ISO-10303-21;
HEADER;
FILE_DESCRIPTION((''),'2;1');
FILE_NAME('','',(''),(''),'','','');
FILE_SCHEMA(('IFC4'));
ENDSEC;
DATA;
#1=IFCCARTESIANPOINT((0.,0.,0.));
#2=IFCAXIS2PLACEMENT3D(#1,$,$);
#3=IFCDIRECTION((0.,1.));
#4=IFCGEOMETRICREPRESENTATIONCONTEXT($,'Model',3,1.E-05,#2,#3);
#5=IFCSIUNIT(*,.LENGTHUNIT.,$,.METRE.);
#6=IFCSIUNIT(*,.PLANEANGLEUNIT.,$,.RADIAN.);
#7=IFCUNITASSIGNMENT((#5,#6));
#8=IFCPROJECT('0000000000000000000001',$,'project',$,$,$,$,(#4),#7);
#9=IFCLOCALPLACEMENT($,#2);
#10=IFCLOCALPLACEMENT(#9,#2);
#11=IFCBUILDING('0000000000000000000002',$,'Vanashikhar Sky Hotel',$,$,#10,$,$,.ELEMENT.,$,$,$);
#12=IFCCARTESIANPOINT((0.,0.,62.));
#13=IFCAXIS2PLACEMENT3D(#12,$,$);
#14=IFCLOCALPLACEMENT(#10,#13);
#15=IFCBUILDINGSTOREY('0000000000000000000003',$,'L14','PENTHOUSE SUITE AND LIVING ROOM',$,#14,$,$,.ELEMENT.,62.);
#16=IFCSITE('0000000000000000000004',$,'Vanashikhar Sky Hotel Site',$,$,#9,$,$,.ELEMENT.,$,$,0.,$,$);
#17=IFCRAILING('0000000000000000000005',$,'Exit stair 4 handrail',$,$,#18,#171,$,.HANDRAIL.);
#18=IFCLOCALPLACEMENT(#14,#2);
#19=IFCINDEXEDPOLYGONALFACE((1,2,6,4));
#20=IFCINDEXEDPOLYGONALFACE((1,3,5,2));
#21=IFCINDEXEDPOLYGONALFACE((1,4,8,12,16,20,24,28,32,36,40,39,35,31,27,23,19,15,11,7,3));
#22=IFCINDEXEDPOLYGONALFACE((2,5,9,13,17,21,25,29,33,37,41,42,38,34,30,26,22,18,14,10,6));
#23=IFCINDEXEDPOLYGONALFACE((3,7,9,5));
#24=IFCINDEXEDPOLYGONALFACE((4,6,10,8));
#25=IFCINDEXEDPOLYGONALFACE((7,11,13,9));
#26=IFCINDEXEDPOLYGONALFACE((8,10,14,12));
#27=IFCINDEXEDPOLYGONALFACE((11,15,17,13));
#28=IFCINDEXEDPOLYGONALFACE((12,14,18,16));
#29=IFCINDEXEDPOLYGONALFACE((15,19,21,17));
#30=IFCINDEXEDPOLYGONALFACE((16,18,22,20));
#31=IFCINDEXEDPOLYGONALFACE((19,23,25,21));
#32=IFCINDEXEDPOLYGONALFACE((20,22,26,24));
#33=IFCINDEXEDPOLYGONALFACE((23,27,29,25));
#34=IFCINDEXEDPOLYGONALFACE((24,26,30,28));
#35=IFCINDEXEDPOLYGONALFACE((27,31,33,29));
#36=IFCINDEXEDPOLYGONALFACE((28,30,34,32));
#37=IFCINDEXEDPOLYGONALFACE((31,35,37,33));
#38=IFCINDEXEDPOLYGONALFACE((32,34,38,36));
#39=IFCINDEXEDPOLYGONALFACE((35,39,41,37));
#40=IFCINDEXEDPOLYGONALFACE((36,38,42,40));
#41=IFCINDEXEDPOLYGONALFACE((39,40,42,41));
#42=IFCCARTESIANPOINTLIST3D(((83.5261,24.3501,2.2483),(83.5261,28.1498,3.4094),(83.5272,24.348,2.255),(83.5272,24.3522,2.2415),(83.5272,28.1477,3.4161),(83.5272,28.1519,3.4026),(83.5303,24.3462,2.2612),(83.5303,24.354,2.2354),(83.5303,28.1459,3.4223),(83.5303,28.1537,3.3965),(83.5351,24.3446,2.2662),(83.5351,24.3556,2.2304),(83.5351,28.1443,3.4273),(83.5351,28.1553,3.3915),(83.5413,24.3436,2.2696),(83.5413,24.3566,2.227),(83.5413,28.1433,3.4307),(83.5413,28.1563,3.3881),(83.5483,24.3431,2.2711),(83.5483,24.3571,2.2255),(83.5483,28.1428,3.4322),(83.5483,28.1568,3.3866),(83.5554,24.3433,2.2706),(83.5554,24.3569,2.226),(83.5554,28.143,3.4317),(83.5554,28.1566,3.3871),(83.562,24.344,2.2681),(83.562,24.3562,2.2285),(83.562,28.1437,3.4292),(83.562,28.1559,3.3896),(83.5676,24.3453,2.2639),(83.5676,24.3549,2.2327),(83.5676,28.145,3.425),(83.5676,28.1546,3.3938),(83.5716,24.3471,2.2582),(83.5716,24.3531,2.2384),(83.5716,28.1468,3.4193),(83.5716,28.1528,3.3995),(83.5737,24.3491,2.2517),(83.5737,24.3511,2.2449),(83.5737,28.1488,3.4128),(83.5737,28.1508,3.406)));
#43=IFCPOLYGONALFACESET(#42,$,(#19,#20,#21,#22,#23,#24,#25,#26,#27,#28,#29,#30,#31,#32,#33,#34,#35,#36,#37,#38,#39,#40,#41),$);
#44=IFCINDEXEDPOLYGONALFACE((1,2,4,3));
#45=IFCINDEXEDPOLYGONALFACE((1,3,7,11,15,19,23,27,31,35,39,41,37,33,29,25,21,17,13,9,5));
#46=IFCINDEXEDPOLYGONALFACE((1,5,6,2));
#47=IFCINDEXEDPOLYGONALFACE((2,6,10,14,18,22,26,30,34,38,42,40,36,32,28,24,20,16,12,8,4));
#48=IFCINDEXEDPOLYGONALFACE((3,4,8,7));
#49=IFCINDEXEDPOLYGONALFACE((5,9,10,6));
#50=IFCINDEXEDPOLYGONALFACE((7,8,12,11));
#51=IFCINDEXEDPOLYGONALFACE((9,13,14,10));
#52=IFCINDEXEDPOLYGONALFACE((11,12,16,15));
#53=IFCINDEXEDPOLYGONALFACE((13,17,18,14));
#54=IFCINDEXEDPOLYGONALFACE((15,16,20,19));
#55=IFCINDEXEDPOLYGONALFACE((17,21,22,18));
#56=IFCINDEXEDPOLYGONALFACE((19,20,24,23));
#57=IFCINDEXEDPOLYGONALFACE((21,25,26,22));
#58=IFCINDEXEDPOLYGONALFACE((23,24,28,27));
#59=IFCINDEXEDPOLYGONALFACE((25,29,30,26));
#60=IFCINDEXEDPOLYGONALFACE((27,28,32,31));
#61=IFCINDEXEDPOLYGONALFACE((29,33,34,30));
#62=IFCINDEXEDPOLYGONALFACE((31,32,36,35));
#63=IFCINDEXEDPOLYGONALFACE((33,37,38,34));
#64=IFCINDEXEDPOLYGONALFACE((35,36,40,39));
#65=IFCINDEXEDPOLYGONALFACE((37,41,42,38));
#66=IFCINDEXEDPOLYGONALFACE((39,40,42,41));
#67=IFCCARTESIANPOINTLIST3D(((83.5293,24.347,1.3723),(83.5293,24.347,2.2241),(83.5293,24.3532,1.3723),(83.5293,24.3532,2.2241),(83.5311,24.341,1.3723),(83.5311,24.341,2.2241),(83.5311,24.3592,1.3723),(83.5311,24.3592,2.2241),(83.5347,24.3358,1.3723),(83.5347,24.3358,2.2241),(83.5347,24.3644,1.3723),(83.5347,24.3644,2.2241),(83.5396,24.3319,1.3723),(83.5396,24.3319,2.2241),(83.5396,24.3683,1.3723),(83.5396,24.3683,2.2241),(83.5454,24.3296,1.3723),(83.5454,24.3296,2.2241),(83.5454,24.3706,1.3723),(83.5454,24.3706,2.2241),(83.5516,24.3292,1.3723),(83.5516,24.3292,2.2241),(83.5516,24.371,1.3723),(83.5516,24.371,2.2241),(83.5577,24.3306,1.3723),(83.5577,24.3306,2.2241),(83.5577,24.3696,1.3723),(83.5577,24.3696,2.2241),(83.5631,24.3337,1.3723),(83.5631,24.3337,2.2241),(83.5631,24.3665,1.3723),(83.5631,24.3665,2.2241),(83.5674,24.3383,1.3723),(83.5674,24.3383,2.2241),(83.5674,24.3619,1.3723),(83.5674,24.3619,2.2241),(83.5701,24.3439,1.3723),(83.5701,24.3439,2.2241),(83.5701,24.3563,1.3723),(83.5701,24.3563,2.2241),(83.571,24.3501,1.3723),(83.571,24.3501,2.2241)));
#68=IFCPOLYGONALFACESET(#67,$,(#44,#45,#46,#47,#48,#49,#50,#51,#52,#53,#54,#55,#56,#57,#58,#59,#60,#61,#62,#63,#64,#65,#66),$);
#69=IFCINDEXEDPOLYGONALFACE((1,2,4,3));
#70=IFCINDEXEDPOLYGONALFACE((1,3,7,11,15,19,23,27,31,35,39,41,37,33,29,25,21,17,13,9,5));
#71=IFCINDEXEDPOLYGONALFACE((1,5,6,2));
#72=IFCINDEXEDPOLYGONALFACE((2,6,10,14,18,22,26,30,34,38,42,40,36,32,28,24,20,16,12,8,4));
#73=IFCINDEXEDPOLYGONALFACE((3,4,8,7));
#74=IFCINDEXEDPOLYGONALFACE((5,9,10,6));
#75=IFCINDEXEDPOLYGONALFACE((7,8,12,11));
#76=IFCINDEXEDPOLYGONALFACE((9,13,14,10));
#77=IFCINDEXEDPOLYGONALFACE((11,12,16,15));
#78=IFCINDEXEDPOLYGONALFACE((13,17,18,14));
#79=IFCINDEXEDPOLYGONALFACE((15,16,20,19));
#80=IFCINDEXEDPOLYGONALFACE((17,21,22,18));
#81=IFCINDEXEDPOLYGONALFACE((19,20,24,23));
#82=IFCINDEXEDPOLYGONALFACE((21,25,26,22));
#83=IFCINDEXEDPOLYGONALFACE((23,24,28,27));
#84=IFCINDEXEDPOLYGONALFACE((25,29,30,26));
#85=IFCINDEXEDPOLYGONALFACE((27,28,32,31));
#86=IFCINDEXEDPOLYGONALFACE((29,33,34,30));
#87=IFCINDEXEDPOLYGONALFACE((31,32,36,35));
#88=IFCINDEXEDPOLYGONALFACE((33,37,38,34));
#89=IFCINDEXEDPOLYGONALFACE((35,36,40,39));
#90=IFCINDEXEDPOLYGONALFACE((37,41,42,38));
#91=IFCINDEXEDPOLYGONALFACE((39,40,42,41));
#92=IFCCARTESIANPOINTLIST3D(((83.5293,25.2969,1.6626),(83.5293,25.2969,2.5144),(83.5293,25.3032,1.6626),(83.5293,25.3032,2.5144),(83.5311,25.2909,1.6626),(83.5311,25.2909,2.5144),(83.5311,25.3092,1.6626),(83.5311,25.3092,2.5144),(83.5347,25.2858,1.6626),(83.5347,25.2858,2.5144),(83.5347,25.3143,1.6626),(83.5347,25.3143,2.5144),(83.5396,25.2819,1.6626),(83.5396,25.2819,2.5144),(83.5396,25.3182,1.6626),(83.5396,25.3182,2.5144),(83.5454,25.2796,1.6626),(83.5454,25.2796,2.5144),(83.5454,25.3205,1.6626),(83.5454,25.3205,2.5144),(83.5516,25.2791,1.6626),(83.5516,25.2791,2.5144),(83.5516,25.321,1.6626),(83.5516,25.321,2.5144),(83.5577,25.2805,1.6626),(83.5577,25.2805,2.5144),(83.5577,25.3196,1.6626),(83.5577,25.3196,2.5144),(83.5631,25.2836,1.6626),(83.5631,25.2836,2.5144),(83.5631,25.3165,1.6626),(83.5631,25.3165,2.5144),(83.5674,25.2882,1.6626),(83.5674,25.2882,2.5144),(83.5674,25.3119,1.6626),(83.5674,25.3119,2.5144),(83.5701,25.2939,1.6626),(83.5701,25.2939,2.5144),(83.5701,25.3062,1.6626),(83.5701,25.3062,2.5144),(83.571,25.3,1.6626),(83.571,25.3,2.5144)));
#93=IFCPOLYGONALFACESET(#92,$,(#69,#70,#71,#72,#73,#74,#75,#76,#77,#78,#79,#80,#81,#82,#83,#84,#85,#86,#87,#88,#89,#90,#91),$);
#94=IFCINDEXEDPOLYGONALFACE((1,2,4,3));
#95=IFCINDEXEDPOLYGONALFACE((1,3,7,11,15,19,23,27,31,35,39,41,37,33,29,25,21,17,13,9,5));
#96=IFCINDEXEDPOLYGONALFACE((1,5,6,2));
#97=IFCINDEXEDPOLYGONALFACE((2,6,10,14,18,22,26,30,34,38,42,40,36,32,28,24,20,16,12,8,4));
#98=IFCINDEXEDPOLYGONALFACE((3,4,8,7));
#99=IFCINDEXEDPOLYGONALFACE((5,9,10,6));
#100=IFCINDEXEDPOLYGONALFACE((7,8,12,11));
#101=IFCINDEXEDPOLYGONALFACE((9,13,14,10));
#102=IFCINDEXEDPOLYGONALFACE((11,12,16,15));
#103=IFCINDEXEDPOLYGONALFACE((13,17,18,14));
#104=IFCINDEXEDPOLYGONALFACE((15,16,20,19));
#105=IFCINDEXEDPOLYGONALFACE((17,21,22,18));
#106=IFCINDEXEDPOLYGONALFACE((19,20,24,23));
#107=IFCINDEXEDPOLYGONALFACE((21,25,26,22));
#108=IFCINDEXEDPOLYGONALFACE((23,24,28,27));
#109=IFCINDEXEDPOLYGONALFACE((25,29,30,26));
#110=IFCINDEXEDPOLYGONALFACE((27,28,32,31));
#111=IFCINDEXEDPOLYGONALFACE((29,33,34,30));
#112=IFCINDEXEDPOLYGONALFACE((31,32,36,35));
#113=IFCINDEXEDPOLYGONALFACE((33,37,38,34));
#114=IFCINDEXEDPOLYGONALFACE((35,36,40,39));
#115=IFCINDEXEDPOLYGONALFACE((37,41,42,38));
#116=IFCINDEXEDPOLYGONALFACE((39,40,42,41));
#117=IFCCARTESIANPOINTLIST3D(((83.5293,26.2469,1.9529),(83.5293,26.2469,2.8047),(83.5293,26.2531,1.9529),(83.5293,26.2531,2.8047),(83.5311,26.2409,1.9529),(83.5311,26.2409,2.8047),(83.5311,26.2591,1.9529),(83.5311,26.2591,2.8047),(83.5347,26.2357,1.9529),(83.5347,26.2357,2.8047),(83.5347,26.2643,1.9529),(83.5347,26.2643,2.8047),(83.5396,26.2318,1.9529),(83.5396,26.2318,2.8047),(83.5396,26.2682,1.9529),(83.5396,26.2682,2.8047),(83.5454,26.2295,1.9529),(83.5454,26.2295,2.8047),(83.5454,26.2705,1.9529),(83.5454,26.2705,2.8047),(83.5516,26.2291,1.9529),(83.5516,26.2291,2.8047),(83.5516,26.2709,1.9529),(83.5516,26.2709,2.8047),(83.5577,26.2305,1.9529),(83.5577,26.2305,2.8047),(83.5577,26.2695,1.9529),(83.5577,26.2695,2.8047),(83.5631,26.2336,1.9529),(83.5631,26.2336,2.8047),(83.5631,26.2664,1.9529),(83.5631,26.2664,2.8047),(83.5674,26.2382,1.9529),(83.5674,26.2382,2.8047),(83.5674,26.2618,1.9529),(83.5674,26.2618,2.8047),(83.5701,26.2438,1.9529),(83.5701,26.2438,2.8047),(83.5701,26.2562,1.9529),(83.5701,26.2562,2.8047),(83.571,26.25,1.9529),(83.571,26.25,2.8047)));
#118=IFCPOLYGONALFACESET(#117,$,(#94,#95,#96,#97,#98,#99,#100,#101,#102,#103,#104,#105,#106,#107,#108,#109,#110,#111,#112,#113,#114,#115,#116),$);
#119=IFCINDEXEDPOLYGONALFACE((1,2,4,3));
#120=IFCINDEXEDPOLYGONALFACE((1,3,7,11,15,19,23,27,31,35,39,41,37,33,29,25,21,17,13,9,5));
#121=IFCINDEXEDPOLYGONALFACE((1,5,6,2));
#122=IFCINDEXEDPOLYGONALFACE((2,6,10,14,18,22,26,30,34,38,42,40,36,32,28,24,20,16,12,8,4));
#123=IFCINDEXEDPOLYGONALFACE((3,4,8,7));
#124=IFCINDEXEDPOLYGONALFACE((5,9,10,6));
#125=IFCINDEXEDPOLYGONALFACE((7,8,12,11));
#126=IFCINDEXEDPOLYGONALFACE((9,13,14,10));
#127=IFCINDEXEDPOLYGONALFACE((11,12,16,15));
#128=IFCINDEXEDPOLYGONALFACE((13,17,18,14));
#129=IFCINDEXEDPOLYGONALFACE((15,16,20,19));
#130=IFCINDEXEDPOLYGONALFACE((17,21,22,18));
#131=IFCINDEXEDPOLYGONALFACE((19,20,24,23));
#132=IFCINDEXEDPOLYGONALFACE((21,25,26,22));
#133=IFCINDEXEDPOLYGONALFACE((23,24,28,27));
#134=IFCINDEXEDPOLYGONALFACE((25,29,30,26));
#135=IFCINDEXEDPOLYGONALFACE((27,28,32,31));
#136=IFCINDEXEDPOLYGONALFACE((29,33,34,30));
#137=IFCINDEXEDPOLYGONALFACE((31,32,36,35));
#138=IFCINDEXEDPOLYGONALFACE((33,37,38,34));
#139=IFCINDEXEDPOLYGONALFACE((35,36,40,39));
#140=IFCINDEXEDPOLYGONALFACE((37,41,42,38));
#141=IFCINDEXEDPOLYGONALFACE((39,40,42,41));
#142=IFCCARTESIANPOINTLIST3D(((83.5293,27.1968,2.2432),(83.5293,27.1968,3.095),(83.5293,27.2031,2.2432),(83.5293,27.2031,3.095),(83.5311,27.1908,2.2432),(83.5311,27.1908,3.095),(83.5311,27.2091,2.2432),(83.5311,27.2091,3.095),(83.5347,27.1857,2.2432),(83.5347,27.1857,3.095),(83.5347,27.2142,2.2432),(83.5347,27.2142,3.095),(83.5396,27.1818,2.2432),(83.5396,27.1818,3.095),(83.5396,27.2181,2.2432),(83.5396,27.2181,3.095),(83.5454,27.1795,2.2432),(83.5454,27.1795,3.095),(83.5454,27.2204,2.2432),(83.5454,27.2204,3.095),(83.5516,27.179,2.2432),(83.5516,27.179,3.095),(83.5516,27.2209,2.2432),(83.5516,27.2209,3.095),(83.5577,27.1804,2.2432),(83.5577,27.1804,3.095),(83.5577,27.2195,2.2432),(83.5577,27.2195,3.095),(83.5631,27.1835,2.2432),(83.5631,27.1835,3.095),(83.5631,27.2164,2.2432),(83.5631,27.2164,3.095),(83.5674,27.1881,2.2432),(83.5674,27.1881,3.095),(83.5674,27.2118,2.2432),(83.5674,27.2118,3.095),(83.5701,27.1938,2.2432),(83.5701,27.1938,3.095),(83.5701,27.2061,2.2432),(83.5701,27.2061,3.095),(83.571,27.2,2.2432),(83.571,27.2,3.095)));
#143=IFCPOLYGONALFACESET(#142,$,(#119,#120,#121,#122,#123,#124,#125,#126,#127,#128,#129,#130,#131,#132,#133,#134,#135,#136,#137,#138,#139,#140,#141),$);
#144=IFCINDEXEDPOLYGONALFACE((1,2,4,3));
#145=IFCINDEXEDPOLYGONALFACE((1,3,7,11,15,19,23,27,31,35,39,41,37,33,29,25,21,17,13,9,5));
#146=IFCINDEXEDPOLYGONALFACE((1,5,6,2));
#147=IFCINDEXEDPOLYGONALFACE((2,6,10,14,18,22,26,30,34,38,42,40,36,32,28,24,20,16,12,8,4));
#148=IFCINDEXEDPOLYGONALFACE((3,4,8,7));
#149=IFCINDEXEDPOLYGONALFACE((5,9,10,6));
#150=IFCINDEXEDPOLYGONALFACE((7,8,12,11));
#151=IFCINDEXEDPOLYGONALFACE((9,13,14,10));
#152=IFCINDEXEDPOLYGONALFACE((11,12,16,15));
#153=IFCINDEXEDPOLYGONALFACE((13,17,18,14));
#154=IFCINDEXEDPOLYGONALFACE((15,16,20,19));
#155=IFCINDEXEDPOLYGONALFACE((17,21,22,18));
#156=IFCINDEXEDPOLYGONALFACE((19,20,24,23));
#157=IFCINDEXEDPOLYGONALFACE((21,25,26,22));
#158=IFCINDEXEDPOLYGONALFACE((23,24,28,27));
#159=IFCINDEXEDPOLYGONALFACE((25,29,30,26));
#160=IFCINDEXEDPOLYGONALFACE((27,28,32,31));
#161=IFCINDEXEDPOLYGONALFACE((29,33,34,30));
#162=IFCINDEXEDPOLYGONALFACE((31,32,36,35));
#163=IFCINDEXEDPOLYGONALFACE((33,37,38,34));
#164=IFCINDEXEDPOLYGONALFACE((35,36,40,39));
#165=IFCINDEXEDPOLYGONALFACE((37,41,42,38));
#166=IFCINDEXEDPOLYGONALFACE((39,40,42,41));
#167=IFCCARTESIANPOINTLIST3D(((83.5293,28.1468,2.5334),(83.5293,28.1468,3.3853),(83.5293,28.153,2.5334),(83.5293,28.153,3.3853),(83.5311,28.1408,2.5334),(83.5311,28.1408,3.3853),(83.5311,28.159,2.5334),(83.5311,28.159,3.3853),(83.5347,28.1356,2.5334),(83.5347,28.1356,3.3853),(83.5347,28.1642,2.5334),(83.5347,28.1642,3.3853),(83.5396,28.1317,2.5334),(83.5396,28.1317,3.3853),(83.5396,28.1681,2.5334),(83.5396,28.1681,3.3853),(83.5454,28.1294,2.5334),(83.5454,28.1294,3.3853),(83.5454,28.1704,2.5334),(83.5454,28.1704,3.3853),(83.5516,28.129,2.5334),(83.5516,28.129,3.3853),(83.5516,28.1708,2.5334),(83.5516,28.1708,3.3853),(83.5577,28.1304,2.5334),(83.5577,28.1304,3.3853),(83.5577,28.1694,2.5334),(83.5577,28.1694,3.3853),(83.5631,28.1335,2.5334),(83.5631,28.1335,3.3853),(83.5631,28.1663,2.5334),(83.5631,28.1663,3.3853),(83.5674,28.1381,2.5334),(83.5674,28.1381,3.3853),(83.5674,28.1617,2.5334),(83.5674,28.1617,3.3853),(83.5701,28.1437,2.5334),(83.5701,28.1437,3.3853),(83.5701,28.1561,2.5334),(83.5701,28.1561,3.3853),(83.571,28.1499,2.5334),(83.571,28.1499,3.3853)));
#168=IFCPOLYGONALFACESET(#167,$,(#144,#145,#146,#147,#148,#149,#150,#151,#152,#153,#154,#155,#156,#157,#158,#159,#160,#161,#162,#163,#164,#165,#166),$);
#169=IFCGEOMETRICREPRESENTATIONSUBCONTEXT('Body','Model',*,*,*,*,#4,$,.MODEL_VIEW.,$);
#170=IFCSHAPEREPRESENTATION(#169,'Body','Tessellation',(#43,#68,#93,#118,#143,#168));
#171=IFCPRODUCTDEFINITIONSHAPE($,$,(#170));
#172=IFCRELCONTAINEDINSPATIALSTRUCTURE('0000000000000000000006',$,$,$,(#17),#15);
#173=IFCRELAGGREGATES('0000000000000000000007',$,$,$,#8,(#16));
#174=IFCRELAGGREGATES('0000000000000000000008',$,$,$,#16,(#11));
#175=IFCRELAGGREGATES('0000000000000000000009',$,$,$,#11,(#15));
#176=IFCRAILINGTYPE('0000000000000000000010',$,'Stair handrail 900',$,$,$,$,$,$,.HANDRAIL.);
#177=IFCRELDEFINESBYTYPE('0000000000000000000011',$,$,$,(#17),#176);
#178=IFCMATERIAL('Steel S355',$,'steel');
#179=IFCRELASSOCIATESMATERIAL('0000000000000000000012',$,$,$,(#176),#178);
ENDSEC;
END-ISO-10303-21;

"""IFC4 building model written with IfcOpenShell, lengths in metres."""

from ifc_helpers import new_model, si_unit, direction, frame, origin, origin_2d, place, context, subcontext, project, spatial, circle, extrude, source, transform, mapped, material, type_object, element, save


model = new_model("IFC4")

# Units and contexts
model_context = context("Model", 3, precision=1e-05, world=origin(), true_north=direction((0.0, 1.0)))
body_context = subcontext(model_context, "Body", "Model", "MODEL_VIEW")
ifc_project = project(units=[si_unit("LENGTHUNIT", "METRE"), si_unit("PLANEANGLEUNIT", "RADIAN")], contexts=[model_context])

# Site, building, storey
site_placement = place(None, origin())
site = spatial("IfcSite", under=ifc_project, at=site_placement, Name="Vanashikhar Sky Hotel Site", CompositionType="ELEMENT", RefElevation=0.0)
building_placement = place(site_placement, origin())
building = spatial("IfcBuilding", under=site, at=building_placement, Name="Vanashikhar Sky Hotel", CompositionType="ELEMENT")
storey_placement = place(building_placement, frame((0.0, 0.0, 62.0)))
storey = spatial("IfcBuildingStorey", under=building, at=storey_placement, Name="L14", Description="PENTHOUSE SUITE AND LIVING ROOM", CompositionType="ELEMENT", Elevation=62.0)

# Railing
ifc_material_1 = material(Name="Steel S355", Category="steel")
railing_type_1 = type_object("IfcRailingType", Name="Stair handrail 900", PredefinedType="HANDRAIL", material=ifc_material_1)
shared_shape_1 = source(origin(), body_context, "Body", "SweptSolid", [
    extrude(circle(Radius=0.0239, at=origin_2d()), frame((0.0, 0.0, 0.876), z_axis=(0.0, 0.956346, 0.292237), x_axis=(-1.0, 0.0, 0.0)), (0.0, 0.0, 1.0), 3.9731),
    extrude(circle(Radius=0.021, at=origin_2d()), origin(), (0.0, 0.0, 1.0), 0.8518),
    extrude(circle(Radius=0.021, at=origin_2d()), frame((0.0, 0.95, 0.2903)), (0.0, 0.0, 1.0), 0.8518),
    extrude(circle(Radius=0.021, at=origin_2d()), frame((0.0, 1.8999, 0.5806)), (0.0, 0.0, 1.0), 0.8518),
    extrude(circle(Radius=0.021, at=origin_2d()), frame((0.0, 2.8499, 0.8708)), (0.0, 0.0, 1.0), 0.8518),
    extrude(circle(Radius=0.021, at=origin_2d()), frame((0.0, 3.7998, 1.1611)), (0.0, 0.0, 1.0), 0.8518),
])
railing_1_placement = place(storey_placement, frame((83.55, 24.3501, 1.3723)))
element("IfcRailing", 1, at=railing_1_placement, inside=storey, type_object=railing_type_1, Name="Exit stair 4 handrail", PredefinedType="HANDRAIL", context=body_context, shape_type="MappedRepresentation", body=[
    mapped(shared_shape_1, transform((0.0, 0.0, 0.0), scale=1.0)),
])

save(model, "model.ifc")
